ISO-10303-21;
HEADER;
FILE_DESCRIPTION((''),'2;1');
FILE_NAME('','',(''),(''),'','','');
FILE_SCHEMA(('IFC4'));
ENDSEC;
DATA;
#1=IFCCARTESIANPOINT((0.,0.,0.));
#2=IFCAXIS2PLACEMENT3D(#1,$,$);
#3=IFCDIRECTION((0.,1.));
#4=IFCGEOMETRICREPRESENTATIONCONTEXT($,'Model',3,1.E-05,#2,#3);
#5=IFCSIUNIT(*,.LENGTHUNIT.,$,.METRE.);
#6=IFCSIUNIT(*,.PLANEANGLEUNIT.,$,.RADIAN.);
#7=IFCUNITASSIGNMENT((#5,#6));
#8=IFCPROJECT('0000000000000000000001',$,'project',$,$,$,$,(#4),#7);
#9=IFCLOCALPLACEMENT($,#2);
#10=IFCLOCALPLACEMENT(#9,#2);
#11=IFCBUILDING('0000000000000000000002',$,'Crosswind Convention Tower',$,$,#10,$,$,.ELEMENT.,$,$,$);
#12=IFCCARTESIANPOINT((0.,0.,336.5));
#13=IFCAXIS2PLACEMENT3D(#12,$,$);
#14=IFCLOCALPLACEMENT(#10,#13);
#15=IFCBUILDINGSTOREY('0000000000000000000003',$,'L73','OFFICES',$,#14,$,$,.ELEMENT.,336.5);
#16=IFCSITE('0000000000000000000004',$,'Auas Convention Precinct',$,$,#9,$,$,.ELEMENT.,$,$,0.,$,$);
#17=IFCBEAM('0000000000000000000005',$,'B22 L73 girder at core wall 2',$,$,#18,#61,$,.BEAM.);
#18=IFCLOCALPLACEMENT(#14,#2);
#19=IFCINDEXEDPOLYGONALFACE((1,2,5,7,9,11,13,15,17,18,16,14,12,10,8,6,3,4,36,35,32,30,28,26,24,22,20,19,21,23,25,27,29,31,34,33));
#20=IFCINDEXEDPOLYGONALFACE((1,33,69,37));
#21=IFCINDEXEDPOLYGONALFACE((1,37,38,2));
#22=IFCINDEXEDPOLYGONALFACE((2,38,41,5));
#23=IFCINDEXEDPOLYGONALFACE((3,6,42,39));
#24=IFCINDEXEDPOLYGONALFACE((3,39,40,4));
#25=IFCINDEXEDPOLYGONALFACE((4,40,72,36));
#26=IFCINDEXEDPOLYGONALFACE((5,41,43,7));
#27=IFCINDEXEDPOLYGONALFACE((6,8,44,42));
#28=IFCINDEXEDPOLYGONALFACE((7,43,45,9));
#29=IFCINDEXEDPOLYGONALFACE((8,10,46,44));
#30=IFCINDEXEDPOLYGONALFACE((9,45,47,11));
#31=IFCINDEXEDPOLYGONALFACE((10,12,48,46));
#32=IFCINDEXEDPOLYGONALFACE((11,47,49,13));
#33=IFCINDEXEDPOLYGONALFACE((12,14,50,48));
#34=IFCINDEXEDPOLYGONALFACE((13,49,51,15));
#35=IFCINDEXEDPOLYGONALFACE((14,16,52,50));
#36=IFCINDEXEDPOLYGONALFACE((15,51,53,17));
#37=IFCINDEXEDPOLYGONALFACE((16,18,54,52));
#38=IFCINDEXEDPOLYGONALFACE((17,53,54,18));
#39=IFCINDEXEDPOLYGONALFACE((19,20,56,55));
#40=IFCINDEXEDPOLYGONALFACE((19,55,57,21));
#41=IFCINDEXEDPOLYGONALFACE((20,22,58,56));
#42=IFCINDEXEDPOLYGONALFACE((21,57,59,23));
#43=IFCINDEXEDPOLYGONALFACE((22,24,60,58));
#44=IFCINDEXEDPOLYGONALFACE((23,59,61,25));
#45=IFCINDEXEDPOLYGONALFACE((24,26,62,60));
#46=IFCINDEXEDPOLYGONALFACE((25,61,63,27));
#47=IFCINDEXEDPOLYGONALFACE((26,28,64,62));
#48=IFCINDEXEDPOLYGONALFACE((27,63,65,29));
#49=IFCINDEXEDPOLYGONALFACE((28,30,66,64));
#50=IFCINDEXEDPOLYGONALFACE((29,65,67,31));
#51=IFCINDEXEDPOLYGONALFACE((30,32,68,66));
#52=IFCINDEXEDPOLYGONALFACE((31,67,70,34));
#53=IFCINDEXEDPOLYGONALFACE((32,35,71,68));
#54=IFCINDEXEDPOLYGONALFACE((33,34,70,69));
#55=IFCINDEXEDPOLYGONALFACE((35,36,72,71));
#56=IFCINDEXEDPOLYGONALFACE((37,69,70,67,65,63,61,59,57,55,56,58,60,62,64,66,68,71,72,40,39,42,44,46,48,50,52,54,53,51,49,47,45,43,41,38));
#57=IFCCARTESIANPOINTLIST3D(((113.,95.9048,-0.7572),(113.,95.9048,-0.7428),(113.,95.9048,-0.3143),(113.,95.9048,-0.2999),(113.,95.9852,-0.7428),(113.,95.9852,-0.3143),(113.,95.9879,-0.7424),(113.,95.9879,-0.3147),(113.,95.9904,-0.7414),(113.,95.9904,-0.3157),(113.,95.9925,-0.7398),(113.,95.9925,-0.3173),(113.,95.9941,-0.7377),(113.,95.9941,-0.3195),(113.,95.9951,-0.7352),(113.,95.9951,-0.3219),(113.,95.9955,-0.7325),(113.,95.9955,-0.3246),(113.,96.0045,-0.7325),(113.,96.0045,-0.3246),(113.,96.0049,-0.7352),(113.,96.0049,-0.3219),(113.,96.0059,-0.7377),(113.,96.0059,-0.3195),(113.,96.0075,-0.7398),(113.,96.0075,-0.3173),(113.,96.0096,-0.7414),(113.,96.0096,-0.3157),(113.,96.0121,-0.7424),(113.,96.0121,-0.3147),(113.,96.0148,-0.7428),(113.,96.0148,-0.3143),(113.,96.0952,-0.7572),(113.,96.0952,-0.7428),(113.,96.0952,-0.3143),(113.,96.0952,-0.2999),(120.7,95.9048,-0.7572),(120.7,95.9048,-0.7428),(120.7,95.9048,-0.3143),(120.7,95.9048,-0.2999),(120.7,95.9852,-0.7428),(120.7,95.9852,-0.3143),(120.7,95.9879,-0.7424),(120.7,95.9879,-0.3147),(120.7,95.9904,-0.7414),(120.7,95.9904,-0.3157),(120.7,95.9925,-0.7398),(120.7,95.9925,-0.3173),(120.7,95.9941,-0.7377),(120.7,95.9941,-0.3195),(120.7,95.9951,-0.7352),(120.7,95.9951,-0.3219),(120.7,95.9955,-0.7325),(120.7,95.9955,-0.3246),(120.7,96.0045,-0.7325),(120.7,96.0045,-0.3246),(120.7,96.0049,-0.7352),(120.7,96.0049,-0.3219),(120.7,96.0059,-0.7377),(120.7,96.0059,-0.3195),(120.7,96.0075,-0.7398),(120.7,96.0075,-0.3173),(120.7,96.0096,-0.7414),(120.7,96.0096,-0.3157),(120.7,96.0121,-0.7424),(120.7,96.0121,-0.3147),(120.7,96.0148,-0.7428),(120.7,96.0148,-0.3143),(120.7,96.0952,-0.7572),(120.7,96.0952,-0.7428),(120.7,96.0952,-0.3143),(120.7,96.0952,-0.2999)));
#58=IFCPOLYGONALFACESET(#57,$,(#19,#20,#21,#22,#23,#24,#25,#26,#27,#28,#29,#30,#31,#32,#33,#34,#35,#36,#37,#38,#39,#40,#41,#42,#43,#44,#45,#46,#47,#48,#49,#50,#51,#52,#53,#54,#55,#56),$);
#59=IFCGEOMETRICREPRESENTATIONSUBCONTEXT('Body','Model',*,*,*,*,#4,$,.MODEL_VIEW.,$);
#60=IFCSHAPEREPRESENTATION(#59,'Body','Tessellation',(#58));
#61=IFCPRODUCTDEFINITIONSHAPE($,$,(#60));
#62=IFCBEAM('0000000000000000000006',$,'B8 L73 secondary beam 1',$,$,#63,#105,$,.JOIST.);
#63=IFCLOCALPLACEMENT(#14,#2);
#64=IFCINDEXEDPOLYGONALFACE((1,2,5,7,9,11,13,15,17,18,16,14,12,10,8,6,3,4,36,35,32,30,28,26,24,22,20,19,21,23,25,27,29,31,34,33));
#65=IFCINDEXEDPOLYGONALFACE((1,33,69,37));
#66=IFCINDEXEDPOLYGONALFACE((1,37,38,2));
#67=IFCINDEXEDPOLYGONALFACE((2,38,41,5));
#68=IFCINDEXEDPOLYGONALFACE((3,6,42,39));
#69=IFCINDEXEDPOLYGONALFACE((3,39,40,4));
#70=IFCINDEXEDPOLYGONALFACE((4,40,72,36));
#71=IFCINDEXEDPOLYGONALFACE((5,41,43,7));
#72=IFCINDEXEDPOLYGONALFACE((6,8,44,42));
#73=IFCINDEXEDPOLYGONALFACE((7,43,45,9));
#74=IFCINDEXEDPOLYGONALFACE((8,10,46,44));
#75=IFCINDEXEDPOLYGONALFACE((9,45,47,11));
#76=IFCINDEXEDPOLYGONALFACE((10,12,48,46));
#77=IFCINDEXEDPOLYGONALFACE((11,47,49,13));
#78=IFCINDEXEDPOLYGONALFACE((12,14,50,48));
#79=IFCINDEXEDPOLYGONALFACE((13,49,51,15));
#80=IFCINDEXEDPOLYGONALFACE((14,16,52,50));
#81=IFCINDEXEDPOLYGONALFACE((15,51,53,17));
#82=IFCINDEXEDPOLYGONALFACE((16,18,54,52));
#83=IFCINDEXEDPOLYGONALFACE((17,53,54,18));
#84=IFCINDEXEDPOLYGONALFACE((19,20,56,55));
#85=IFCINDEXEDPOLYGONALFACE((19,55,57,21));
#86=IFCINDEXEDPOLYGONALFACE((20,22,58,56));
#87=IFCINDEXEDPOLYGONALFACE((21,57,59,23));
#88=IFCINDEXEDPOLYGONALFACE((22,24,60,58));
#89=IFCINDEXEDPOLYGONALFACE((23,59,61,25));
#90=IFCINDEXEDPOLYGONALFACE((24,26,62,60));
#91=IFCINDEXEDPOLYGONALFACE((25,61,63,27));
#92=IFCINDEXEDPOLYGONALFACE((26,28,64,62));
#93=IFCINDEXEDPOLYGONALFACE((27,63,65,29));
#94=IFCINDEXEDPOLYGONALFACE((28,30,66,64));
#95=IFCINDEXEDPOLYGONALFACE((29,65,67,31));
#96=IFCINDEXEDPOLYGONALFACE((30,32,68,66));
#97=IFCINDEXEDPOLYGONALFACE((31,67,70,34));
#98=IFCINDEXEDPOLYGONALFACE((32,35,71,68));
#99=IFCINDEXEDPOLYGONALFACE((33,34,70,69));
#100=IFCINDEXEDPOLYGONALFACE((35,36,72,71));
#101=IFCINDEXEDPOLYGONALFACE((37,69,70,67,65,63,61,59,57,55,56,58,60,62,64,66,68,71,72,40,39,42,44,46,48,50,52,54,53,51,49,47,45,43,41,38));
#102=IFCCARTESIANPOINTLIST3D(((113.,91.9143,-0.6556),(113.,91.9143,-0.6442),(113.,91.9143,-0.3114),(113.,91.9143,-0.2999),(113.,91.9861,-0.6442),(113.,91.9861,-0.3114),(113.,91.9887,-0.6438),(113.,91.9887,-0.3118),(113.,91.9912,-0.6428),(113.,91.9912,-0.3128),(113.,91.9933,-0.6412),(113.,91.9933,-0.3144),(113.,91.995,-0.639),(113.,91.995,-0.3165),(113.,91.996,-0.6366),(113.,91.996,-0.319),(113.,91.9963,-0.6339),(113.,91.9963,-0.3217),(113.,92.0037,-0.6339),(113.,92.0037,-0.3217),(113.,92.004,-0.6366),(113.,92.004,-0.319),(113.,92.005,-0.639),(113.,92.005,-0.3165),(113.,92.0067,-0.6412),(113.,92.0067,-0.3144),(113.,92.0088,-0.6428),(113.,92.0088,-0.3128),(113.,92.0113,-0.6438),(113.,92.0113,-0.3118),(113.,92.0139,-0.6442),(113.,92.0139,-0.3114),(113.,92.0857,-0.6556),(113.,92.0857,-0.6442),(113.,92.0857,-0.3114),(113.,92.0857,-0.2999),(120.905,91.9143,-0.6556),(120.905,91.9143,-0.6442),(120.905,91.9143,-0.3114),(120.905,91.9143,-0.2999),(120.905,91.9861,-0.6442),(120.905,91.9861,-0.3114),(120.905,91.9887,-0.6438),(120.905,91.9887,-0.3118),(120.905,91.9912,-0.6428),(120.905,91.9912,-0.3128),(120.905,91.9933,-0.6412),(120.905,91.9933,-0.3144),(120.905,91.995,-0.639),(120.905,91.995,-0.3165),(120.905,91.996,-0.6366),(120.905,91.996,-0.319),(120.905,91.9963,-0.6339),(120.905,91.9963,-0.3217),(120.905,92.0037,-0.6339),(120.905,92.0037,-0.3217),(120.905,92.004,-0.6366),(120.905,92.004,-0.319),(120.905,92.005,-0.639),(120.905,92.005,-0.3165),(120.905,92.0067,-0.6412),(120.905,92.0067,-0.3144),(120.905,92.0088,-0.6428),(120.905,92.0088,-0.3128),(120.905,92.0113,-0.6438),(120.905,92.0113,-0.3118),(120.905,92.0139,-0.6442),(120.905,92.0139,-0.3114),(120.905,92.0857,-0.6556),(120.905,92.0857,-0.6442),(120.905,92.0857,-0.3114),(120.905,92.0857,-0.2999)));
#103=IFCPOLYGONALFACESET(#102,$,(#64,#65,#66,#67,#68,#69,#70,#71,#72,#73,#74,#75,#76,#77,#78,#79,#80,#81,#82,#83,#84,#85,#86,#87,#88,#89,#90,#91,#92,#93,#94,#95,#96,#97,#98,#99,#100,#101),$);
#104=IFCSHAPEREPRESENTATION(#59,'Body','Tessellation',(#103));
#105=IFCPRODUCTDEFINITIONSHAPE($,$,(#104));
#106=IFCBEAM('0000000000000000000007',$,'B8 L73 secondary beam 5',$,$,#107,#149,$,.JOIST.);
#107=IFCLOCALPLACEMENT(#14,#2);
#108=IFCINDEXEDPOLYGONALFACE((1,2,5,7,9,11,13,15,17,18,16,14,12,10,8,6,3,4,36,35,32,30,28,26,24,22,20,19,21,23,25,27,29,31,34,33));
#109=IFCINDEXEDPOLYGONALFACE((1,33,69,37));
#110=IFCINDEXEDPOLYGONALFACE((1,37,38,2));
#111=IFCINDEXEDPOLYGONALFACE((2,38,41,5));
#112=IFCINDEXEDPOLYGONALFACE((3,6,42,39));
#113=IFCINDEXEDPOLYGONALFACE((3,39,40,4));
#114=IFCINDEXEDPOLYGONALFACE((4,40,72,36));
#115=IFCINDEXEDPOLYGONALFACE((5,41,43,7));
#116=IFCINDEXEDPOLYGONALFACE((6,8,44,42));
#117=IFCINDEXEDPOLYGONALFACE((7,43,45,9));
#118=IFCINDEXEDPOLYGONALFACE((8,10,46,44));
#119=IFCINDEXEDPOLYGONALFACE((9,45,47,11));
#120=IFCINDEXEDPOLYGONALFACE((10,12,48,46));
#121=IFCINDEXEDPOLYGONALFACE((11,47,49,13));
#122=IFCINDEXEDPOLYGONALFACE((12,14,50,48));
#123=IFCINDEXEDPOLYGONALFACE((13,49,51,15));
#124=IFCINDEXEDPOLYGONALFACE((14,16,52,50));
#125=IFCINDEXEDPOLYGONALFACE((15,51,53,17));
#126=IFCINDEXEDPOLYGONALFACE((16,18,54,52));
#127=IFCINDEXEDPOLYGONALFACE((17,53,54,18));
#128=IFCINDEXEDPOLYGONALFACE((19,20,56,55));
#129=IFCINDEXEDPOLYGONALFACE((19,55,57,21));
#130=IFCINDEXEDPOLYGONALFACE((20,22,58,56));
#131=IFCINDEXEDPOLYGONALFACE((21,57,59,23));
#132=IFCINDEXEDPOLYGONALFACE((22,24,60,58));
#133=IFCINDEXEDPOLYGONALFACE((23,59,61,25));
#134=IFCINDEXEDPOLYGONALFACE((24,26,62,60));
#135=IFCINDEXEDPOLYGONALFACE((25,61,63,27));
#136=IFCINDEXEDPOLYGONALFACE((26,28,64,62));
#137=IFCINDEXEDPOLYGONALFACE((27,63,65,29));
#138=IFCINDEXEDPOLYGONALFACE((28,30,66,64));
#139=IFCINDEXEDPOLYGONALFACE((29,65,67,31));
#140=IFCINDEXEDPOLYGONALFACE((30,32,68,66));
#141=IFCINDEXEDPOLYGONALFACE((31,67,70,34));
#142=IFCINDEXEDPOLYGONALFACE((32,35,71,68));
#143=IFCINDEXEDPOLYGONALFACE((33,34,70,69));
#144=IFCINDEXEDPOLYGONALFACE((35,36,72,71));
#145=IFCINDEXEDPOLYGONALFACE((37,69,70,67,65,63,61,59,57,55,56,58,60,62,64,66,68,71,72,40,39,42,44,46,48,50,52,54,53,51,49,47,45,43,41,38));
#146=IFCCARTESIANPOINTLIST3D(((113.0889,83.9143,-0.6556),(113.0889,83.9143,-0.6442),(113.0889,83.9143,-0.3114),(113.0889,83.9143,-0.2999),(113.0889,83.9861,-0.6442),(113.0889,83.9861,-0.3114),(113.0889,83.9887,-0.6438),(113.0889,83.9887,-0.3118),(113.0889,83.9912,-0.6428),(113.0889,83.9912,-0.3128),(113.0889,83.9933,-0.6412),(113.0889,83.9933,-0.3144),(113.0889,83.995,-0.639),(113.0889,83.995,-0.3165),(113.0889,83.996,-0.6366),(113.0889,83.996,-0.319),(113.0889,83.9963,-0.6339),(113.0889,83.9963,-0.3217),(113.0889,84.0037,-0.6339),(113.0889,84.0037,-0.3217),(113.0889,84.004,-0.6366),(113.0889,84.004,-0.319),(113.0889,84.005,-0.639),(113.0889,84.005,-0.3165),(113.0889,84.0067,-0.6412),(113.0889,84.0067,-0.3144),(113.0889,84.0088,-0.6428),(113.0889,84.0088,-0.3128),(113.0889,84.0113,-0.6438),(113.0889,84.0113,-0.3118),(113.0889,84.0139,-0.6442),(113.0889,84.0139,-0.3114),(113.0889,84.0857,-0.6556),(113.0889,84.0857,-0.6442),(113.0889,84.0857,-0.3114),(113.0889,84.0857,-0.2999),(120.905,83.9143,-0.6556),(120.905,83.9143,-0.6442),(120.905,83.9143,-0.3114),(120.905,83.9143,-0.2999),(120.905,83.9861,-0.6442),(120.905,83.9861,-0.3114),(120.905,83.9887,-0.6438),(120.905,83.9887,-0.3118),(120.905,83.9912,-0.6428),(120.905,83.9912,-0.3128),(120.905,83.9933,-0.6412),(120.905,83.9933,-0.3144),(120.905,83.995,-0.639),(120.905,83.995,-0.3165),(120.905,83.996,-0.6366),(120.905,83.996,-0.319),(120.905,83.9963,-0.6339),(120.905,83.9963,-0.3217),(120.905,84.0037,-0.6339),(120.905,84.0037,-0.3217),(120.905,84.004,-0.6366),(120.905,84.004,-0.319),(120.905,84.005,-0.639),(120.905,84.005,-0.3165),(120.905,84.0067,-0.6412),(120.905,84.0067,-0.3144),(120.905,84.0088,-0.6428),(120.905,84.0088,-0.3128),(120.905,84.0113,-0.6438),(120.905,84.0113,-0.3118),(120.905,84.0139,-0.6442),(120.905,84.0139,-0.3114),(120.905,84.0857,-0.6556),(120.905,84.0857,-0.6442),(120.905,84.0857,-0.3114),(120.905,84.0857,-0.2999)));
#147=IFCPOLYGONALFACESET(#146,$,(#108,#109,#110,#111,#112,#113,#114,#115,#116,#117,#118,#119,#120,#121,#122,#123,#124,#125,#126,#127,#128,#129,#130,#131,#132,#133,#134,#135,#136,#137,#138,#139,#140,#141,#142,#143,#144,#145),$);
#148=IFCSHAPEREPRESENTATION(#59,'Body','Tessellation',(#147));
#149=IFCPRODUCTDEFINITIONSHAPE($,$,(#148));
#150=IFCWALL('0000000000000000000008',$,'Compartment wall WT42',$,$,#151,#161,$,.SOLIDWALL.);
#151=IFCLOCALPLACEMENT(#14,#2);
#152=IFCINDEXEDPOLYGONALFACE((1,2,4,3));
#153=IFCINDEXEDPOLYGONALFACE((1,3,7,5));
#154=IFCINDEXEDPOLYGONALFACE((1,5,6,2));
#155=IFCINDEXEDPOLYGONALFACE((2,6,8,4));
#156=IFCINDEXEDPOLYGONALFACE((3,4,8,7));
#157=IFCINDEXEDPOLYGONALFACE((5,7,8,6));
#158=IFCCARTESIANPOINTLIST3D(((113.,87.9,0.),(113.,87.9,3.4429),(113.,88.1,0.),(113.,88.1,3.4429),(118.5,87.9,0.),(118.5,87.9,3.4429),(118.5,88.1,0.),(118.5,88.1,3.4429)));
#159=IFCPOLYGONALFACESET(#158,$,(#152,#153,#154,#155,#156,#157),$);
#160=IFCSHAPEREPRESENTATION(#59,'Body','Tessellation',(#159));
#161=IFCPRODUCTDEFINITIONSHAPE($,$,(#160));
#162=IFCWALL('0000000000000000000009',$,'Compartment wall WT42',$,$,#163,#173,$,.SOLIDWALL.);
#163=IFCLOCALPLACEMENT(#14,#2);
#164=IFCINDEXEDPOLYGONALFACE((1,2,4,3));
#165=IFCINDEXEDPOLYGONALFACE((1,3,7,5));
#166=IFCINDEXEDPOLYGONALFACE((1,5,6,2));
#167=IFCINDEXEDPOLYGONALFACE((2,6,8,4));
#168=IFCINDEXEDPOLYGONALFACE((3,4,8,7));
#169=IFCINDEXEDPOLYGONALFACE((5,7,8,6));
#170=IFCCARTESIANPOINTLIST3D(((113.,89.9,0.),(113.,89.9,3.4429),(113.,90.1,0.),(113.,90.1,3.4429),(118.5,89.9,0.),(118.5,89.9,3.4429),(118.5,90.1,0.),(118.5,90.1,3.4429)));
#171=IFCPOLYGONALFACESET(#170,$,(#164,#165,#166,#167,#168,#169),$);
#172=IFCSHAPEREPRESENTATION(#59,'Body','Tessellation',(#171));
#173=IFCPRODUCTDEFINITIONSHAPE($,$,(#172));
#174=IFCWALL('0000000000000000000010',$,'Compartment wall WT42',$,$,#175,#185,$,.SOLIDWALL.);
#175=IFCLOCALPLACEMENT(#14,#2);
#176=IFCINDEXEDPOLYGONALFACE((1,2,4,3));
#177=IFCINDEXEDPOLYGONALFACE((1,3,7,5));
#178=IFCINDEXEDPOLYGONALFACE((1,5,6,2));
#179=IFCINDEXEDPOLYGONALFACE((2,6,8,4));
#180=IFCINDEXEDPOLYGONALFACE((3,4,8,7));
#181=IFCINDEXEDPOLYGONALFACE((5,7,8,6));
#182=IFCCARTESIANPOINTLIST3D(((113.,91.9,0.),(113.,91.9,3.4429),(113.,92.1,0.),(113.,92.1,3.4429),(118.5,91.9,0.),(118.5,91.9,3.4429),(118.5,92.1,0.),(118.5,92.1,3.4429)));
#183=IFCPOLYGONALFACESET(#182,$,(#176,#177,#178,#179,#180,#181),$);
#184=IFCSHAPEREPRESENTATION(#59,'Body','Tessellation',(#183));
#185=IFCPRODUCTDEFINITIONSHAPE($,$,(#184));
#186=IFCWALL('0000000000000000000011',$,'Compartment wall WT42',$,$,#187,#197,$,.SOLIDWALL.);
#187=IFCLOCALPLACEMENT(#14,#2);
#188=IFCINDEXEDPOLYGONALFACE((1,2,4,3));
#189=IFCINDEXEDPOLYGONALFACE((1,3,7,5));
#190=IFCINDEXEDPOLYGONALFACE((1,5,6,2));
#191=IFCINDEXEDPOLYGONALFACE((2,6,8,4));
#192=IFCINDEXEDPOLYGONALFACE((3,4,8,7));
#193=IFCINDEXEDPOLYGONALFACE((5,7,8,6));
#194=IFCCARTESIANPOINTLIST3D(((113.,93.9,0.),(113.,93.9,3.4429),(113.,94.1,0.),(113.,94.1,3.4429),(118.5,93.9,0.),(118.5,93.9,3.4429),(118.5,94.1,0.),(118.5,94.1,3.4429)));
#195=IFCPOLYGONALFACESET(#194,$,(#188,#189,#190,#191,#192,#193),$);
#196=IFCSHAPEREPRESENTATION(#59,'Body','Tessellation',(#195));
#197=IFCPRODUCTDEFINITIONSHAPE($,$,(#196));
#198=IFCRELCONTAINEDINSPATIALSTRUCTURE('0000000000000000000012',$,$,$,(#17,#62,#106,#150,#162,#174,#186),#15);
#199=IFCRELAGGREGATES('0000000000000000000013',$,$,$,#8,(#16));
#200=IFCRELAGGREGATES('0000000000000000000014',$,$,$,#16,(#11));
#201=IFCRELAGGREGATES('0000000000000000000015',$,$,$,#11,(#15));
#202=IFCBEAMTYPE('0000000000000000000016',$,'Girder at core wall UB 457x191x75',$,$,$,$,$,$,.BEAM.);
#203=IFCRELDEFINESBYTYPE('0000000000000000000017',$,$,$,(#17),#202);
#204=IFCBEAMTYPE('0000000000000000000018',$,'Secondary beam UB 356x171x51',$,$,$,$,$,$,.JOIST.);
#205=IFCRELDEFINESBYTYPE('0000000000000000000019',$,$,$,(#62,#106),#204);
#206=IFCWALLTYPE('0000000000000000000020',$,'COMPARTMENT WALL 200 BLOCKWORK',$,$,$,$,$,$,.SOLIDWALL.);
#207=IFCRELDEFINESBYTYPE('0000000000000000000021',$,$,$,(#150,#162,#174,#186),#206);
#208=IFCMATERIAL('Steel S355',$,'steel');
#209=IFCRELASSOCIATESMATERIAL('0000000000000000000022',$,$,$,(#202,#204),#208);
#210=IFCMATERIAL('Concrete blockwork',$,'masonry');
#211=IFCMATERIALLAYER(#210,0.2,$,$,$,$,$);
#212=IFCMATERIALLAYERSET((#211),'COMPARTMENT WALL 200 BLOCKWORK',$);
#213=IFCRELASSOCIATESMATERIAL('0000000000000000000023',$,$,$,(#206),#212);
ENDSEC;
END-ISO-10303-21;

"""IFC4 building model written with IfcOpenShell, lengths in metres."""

from ifc_helpers import new_model, si_unit, direction, frame, frame_2d, origin, origin_2d, place, context, subcontext, project, spatial, rectangle, i_section, extrude, material, layer, layer_set, material_profile, profile_set, type_object, element, save


model = new_model("IFC4")

# Units and contexts
model_context = context("Model", 3, precision=1e-05, world=origin(), true_north=direction((0.0, 1.0)))
body_context = subcontext(model_context, "Body", "Model", "MODEL_VIEW")
ifc_project = project(units=[si_unit("LENGTHUNIT", "METRE"), si_unit("PLANEANGLEUNIT", "RADIAN")], contexts=[model_context])

# Site, building, storey
site_placement = place(None, origin())
site = spatial("IfcSite", under=ifc_project, at=site_placement, Name="Auas Convention Precinct", CompositionType="ELEMENT", RefElevation=0.0)
building_placement = place(site_placement, origin())
building = spatial("IfcBuilding", under=site, at=building_placement, Name="Crosswind Convention Tower", CompositionType="ELEMENT")
storey_placement = place(building_placement, frame((0.0, 0.0, 336.5)))
storey = spatial("IfcBuildingStorey", under=building, at=storey_placement, Name="L73", Description="OFFICES", CompositionType="ELEMENT", Elevation=336.5)

# Beams
ifc_material_1 = material(Name="Steel S355", Category="steel")
ifc_material_profile_1 = material_profile(ifc_material_1, i_section(OverallWidth=0.1904, OverallDepth=0.4573, WebThickness=0.009, FlangeThickness=0.0144, FilletRadius=0.0103, at=origin_2d()), Name="UB 457x191x75")
ifc_profile_set_1 = profile_set([ifc_material_profile_1], Name="Steel S355")
beam_type_1 = type_object("IfcBeamType", Name="Girder at core wall UB 457x191x75", PredefinedType="BEAM", material=ifc_profile_set_1)
for number, where, z_axis, x_axis, name in (
    (1, (113.0, 96.0, -0.5286), (1.0, 0.0, 0.0), (0.0, 1.0, 0.0), "B22 L73 girder at core wall 2"),
):
    element("IfcBeam", number, at=place(storey_placement, frame(where, z_axis=z_axis, x_axis=x_axis)), inside=storey, type_object=beam_type_1, Name=name, PredefinedType="BEAM", context=body_context, shape_type="SweptSolid", body=[
        extrude(i_section(OverallWidth=0.1904, OverallDepth=0.4573, WebThickness=0.009, FlangeThickness=0.0144, FilletRadius=0.0103, at=origin_2d()), origin(), (0.0, 0.0, 1.0), 7.7),
    ])
ifc_material_profile_2 = material_profile(ifc_material_1, i_section(OverallWidth=0.1714, OverallDepth=0.3557, WebThickness=0.0073, FlangeThickness=0.0115, FilletRadius=0.0103, at=origin_2d()), Name="UB 356x171x51")
ifc_profile_set_2 = profile_set([ifc_material_profile_2], Name="Steel S355")
beam_type_2 = type_object("IfcBeamType", Name="Secondary beam UB 356x171x51", PredefinedType="JOIST", material=ifc_profile_set_2)
beam_1_placement = place(storey_placement, frame((113.0, 92.0, -0.4778), z_axis=(1.0, 0.0, 0.0), x_axis=(0.0, 1.0, 0.0)))
element("IfcBeam", 2, at=beam_1_placement, inside=storey, type_object=beam_type_2, Name="B8 L73 secondary beam 1", PredefinedType="JOIST", context=body_context, shape_type="SweptSolid", body=[
    extrude(i_section(OverallWidth=0.1714, OverallDepth=0.3557, WebThickness=0.0073, FlangeThickness=0.0115, FilletRadius=0.0103, at=origin_2d()), origin(), (0.0, 0.0, 1.0), 7.905),
])
beam_2_placement = place(storey_placement, frame((113.0889, 84.0, -0.4778), z_axis=(1.0, 0.0, 0.0), x_axis=(0.0, 1.0, 0.0)))
element("IfcBeam", 3, at=beam_2_placement, inside=storey, type_object=beam_type_2, Name="B8 L73 secondary beam 5", PredefinedType="JOIST", context=body_context, shape_type="SweptSolid", body=[
    extrude(i_section(OverallWidth=0.1714, OverallDepth=0.3557, WebThickness=0.0073, FlangeThickness=0.0115, FilletRadius=0.0103, at=origin_2d()), origin(), (0.0, 0.0, 1.0), 7.8162),
])

# Walls
ifc_material_2 = material(Name="Concrete blockwork", Category="masonry")
ifc_layer_1 = layer(ifc_material_2, 0.2)
ifc_layer_set_1 = layer_set([ifc_layer_1], Name="COMPARTMENT WALL 200 BLOCKWORK")
wall_type_1 = type_object("IfcWallType", Name="COMPARTMENT WALL 200 BLOCKWORK", PredefinedType="SOLIDWALL", material=ifc_layer_set_1)
for number, where, z_axis, x_axis, name in (
    (4, (113.0, 88.0, 0.0), (0.0, 0.0, 1.0), (1.0, 0.0, 0.0), "Compartment wall WT42"),
    (5, (113.0, 90.0, 0.0), (0.0, 0.0, 1.0), (1.0, 0.0, 0.0), "Compartment wall WT42"),
    (6, (113.0, 92.0, 0.0), (0.0, 0.0, 1.0), (1.0, 0.0, 0.0), "Compartment wall WT42"),
    (7, (113.0, 94.0, 0.0), (0.0, 0.0, 1.0), (1.0, 0.0, 0.0), "Compartment wall WT42"),
):
    element("IfcWall", number, at=place(storey_placement, frame(where, z_axis=z_axis, x_axis=x_axis)), inside=storey, type_object=wall_type_1, Name=name, PredefinedType="SOLIDWALL", context=body_context, shape_type="SweptSolid", body=[
        extrude(rectangle(XDim=5.5, YDim=0.2, at=frame_2d((2.75, 0.0))), origin(), (0.0, 0.0, 1.0), 3.4429),
    ])

save(model, "model.ifc")
